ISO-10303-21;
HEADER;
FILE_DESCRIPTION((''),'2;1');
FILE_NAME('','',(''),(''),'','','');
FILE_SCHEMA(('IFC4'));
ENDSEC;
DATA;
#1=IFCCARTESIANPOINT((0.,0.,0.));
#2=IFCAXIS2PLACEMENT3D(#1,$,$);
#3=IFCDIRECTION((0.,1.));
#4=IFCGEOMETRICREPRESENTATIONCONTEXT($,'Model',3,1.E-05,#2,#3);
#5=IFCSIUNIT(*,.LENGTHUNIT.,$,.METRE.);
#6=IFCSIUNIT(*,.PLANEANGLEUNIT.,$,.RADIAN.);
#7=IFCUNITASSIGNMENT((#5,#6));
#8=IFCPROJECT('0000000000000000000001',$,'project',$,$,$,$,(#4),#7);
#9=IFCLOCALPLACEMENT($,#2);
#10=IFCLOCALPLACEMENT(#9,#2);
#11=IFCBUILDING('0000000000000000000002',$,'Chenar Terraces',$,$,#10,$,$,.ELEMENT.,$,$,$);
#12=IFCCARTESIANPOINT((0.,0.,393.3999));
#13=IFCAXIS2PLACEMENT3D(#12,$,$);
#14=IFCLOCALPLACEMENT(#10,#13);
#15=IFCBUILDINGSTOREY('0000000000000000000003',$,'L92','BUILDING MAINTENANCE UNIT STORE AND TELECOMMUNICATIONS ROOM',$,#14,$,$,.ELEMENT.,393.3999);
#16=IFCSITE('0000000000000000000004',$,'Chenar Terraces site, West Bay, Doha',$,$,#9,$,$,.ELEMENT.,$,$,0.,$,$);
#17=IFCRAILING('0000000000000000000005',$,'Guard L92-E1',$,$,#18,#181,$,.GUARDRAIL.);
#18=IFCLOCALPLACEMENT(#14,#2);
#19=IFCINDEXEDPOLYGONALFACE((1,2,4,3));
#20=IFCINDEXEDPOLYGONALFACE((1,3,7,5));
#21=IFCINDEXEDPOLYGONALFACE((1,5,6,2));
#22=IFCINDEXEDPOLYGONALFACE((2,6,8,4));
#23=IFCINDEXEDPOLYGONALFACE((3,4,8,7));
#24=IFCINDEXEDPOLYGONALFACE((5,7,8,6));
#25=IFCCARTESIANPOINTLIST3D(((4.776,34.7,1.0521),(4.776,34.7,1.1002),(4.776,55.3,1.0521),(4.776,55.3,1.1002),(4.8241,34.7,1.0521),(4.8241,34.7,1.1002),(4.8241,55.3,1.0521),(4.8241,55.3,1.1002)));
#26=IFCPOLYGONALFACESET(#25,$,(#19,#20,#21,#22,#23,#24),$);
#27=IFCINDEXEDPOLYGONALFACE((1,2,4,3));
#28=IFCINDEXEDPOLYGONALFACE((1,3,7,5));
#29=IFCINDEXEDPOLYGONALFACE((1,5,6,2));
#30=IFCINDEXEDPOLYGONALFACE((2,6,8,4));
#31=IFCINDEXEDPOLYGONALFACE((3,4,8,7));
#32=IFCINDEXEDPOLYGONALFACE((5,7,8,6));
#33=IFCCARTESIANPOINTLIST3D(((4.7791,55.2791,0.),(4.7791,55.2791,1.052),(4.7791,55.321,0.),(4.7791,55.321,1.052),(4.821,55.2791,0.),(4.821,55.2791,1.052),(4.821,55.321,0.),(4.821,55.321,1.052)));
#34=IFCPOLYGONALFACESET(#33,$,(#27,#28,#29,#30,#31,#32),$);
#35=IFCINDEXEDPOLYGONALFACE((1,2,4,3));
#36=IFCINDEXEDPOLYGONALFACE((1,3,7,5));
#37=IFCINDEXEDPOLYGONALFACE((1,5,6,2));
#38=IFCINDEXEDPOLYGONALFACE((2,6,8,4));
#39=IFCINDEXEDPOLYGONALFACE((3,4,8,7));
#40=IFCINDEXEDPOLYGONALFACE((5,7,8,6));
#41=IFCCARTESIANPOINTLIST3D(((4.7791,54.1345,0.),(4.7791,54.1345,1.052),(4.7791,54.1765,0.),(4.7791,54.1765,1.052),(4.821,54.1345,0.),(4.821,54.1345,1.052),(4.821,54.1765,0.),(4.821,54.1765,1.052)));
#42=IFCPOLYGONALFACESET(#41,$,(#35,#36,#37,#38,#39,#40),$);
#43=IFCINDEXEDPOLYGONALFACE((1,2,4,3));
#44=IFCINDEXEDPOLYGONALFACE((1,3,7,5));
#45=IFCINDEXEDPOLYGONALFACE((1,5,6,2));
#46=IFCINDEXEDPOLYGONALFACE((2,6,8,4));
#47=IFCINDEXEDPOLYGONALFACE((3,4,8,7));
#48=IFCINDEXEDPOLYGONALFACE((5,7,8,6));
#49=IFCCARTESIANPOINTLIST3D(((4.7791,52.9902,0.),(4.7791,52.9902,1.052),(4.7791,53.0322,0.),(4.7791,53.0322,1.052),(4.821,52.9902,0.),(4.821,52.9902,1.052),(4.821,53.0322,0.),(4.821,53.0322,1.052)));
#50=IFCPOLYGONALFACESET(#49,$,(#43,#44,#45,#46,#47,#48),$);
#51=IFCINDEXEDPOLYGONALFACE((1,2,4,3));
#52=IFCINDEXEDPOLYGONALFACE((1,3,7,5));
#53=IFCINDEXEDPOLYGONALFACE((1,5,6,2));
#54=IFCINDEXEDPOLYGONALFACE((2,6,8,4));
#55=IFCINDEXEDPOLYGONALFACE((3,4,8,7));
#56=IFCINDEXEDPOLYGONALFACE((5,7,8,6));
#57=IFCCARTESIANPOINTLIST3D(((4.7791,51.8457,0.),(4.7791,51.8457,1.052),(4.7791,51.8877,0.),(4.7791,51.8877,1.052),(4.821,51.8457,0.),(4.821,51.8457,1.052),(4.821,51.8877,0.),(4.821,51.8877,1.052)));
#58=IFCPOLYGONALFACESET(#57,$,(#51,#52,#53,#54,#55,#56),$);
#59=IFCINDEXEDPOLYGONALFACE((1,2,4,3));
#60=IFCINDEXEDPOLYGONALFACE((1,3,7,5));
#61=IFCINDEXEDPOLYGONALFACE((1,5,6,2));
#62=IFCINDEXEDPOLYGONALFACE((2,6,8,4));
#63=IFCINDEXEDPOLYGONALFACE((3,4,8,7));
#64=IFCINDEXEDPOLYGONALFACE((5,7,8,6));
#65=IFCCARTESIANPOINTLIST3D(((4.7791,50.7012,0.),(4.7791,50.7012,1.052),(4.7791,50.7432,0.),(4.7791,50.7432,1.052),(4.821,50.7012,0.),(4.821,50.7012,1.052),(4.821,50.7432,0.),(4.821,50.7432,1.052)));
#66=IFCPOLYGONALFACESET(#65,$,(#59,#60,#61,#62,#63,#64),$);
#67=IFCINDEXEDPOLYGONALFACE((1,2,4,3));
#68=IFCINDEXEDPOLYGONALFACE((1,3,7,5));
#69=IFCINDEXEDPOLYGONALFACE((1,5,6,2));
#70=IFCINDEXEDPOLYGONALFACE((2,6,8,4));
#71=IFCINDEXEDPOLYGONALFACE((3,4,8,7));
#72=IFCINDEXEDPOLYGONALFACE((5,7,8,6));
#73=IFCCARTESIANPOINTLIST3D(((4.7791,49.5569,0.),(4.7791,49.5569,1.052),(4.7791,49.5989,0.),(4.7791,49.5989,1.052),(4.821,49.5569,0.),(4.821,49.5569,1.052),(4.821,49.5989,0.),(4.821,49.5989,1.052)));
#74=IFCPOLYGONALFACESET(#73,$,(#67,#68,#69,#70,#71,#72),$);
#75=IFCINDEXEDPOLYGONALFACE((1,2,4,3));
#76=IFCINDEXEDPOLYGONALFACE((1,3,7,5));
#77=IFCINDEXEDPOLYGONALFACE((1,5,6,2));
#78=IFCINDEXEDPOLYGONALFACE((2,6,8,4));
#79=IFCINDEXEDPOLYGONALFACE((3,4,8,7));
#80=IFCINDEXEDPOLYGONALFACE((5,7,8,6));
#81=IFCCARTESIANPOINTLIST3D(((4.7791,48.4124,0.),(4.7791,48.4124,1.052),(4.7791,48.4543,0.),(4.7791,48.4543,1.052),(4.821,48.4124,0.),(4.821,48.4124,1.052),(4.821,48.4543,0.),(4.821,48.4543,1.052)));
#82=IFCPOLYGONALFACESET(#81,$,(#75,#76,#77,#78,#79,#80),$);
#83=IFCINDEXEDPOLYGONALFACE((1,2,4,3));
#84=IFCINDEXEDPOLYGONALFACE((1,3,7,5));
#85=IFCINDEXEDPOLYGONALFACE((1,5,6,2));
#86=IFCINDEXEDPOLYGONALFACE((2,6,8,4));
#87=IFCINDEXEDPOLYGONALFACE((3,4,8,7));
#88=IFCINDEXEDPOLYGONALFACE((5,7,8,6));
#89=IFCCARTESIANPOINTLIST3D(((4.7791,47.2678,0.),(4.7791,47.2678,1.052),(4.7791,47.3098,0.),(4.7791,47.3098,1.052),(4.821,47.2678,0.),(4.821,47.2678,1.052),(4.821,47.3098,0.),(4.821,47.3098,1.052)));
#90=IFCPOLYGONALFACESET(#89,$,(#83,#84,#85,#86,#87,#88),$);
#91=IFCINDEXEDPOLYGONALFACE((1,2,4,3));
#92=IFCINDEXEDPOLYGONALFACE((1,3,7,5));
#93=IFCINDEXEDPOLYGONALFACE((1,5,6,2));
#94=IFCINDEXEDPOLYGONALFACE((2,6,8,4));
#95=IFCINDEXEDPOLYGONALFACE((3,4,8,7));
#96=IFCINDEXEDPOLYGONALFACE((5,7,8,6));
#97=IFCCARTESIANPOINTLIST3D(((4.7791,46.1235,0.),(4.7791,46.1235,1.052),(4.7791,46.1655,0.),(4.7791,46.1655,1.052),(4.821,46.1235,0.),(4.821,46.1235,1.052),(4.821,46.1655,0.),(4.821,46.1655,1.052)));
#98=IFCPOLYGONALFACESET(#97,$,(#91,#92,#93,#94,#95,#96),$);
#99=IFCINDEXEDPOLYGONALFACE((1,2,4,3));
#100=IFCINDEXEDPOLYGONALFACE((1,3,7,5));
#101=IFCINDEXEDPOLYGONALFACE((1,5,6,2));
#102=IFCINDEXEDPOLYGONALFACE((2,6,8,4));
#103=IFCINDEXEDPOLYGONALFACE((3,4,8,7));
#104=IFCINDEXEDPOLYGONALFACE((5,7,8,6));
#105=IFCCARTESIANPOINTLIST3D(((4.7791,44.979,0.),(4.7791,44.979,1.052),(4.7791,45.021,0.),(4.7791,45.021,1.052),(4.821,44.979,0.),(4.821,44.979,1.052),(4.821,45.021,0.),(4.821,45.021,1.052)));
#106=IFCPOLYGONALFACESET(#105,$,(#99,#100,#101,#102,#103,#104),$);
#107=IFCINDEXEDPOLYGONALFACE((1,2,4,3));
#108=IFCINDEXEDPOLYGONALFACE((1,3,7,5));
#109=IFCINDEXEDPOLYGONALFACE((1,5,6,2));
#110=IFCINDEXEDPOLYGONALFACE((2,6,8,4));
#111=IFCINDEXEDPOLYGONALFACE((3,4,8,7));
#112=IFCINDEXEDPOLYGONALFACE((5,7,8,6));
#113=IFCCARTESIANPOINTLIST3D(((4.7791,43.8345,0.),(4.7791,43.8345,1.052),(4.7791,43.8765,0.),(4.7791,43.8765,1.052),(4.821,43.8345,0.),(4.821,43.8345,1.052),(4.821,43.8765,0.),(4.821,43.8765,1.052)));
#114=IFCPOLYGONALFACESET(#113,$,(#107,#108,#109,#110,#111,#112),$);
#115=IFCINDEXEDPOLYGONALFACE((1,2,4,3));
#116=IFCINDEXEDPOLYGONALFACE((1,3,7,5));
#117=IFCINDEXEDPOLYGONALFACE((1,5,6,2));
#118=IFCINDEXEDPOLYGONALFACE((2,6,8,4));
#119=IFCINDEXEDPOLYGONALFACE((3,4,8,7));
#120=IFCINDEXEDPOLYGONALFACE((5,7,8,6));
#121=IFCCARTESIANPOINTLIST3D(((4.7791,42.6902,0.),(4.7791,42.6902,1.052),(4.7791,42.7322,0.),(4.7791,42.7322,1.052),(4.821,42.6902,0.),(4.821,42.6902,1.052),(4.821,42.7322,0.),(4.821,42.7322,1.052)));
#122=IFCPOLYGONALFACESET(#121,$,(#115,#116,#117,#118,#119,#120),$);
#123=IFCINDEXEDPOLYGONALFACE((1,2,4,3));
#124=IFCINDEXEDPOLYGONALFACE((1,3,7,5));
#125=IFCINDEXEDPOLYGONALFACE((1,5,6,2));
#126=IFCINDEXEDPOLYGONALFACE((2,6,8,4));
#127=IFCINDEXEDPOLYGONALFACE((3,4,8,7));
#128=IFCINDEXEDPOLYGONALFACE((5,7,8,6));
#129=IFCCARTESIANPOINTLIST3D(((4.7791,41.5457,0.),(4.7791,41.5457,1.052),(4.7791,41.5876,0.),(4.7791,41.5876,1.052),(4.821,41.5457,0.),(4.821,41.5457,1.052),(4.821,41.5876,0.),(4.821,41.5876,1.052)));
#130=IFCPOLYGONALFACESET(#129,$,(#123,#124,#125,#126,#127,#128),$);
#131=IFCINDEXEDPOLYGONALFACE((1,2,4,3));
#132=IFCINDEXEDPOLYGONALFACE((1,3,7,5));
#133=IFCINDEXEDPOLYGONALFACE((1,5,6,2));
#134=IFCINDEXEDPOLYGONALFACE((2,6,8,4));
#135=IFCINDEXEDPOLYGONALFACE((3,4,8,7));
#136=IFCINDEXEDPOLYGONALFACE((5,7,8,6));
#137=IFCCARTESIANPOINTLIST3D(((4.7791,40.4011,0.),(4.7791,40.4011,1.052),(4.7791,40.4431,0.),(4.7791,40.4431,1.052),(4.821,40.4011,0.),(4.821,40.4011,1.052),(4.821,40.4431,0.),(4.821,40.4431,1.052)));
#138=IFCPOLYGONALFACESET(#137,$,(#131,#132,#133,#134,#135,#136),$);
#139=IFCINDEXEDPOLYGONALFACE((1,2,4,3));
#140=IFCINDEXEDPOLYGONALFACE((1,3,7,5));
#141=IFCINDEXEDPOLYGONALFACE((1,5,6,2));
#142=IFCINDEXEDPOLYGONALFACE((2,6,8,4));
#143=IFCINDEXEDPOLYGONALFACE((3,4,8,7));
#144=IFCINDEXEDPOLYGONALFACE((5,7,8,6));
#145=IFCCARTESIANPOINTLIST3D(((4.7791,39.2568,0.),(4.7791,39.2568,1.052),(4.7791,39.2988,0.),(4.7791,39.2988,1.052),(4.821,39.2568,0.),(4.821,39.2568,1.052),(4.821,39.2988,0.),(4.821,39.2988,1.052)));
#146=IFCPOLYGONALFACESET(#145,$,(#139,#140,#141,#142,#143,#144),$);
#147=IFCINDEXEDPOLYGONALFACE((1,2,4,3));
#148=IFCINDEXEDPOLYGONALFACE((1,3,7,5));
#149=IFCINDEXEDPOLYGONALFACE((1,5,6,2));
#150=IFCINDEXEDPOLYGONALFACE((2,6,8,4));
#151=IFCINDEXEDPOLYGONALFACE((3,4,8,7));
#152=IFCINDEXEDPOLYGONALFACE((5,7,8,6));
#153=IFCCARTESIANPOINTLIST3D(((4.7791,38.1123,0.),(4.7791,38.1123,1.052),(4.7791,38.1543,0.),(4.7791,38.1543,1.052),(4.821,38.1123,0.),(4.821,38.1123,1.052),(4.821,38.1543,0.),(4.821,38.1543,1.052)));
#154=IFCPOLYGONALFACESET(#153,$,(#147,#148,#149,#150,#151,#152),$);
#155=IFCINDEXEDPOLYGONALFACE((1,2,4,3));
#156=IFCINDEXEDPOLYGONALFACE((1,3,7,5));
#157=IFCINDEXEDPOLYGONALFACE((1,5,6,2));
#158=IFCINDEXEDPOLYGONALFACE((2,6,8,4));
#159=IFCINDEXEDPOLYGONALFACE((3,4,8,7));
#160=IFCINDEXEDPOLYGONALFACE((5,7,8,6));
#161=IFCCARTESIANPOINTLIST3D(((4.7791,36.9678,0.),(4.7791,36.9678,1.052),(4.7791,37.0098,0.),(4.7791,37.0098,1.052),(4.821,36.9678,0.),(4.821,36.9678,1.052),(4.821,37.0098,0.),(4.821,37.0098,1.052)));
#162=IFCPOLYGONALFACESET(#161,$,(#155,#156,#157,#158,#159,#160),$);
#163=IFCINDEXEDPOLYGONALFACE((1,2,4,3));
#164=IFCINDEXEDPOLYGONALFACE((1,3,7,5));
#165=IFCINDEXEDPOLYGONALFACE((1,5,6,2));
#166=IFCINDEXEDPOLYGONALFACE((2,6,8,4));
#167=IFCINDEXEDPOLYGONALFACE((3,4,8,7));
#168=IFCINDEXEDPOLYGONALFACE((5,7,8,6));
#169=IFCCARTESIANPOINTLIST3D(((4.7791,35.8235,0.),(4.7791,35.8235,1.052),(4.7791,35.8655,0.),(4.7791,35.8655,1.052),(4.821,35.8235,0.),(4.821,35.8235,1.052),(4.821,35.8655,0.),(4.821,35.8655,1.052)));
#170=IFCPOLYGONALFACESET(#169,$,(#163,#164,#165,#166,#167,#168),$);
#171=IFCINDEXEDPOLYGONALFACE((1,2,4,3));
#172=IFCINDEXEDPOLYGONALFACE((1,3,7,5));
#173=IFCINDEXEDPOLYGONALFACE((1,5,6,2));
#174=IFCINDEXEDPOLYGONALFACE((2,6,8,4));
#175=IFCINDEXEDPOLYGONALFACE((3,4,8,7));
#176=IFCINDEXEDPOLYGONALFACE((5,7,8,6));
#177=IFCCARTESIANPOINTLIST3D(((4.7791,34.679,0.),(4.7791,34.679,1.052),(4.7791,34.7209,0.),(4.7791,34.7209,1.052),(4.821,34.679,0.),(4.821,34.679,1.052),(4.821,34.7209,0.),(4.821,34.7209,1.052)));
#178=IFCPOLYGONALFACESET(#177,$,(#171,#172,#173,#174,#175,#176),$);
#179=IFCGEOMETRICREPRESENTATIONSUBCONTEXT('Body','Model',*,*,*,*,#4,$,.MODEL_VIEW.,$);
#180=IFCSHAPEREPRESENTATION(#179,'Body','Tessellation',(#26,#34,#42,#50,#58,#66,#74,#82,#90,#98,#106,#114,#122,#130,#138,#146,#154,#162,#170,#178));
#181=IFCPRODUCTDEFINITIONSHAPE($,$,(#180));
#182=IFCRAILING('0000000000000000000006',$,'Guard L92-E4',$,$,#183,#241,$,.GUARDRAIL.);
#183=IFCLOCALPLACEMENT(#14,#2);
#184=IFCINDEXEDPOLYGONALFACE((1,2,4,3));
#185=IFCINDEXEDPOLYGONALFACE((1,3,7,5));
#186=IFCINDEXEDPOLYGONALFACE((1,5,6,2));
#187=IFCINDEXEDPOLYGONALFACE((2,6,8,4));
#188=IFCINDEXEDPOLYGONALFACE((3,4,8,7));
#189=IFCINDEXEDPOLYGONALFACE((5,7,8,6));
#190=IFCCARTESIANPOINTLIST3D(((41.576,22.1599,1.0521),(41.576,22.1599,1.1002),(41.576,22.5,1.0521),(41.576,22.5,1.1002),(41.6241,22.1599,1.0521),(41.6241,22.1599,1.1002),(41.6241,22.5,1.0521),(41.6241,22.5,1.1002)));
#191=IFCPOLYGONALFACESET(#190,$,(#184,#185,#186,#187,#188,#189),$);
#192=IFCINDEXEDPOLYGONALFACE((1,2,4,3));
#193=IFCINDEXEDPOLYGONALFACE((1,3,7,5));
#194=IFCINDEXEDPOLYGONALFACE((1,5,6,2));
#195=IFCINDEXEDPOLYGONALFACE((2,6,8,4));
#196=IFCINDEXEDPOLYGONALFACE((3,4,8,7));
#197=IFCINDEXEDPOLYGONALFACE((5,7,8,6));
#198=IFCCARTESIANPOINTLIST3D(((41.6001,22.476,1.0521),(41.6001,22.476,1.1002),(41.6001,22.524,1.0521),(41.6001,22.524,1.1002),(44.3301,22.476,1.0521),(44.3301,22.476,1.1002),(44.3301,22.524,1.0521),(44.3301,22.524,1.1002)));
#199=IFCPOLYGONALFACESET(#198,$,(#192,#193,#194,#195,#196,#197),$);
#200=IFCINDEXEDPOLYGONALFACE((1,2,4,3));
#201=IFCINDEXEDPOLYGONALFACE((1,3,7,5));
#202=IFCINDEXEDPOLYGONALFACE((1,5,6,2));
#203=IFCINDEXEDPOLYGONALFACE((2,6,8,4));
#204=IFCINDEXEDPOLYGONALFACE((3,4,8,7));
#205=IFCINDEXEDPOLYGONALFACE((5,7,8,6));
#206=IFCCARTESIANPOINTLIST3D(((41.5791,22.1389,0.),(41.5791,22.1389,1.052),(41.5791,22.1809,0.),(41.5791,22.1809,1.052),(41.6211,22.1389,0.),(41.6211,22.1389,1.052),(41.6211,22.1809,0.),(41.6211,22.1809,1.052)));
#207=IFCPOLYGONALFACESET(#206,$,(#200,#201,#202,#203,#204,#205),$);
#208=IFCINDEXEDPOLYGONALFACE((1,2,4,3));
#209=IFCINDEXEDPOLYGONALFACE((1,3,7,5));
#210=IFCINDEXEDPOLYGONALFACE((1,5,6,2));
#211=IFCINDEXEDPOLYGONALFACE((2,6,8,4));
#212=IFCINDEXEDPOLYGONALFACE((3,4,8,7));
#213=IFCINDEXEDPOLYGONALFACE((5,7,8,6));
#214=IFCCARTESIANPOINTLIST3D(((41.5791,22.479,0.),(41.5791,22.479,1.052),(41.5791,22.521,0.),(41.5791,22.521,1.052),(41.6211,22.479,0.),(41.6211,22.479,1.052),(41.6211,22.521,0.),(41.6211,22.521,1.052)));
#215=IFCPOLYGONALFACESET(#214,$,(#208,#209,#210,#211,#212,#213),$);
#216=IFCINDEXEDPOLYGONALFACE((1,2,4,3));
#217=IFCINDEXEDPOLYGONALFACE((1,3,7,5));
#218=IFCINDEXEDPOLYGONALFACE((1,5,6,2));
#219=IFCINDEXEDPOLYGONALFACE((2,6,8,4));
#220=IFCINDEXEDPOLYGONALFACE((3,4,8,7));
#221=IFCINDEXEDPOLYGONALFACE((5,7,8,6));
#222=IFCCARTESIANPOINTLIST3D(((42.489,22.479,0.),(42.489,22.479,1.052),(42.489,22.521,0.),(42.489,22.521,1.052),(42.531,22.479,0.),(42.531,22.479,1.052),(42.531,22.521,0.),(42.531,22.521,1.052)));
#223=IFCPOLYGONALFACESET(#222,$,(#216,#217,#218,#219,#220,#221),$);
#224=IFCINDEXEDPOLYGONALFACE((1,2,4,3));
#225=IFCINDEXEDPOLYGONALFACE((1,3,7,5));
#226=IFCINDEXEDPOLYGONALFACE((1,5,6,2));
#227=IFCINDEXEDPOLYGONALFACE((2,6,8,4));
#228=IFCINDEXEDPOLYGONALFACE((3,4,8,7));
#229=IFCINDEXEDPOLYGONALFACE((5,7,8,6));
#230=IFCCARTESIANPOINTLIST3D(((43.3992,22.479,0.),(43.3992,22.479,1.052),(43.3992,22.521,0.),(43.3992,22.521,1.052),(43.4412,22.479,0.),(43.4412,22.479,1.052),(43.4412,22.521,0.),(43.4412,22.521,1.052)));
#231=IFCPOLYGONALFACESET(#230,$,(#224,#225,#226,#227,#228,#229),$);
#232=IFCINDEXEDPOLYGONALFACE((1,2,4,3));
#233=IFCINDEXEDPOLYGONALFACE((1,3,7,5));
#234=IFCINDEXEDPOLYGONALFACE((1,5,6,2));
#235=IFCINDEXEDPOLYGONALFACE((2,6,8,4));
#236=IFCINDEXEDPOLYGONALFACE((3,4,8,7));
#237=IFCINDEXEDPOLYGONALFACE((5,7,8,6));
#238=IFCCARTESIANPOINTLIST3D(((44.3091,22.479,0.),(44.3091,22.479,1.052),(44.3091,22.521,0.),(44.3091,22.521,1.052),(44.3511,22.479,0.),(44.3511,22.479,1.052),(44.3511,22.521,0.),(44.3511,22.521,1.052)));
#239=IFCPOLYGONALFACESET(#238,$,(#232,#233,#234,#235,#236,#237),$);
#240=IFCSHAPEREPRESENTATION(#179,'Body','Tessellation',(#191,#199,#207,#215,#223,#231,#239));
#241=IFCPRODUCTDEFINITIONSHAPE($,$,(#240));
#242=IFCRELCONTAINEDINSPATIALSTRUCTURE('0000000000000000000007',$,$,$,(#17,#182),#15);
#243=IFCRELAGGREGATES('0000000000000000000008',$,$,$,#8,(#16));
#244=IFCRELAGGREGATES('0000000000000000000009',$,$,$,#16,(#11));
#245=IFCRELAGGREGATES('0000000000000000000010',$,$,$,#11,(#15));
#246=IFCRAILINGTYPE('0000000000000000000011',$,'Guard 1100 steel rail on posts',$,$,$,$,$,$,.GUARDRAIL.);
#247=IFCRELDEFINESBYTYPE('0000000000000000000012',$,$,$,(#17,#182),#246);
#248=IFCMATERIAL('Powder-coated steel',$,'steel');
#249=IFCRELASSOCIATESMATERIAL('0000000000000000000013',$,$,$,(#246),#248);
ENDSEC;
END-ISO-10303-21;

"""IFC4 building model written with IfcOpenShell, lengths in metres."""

from ifc_helpers import new_model, si_unit, direction, frame, origin, origin_2d, place, context, subcontext, project, spatial, rectangle, extrude, material, type_object, element, save


model = new_model("IFC4")

# Units and contexts
model_context = context("Model", 3, precision=1e-05, world=origin(), true_north=direction((0.0, 1.0)))
body_context = subcontext(model_context, "Body", "Model", "MODEL_VIEW")
ifc_project = project(units=[si_unit("LENGTHUNIT", "METRE"), si_unit("PLANEANGLEUNIT", "RADIAN")], contexts=[model_context])

# Site, building, storey
site_placement = place(None, origin())
site = spatial("IfcSite", under=ifc_project, at=site_placement, Name="Chenar Terraces site, West Bay, Doha", CompositionType="ELEMENT", RefElevation=0.0)
building_placement = place(site_placement, origin())
building = spatial("IfcBuilding", under=site, at=building_placement, Name="Chenar Terraces", CompositionType="ELEMENT")
storey_placement = place(building_placement, frame((0.0, 0.0, 393.3999)))
storey = spatial("IfcBuildingStorey", under=building, at=storey_placement, Name="L92", Description="BUILDING MAINTENANCE UNIT STORE AND TELECOMMUNICATIONS ROOM", CompositionType="ELEMENT", Elevation=393.3999)

# Railings
ifc_material_1 = material(Name="Powder-coated steel", Category="steel")
railing_type_1 = type_object("IfcRailingType", Name="Guard 1100 steel rail on posts", PredefinedType="GUARDRAIL", material=ifc_material_1)
railing_1_placement = place(storey_placement, frame((4.8, 55.3, 0.0)))
element("IfcRailing", 1, at=railing_1_placement, inside=storey, type_object=railing_type_1, Name="Guard L92-E1", PredefinedType="GUARDRAIL", context=body_context, shape_type="SweptSolid", body=[
    extrude(rectangle(XDim=0.0481, YDim=0.0481, at=origin_2d()), frame((0.0, 0.0, 1.0762), z_axis=(0.0, -1.0, 0.0), x_axis=(1.0, 0.0, 0.0)), (0.0, 0.0, 1.0), 20.6001),
    extrude(rectangle(XDim=0.042, YDim=0.042, at=origin_2d()), origin(), (0.0, 0.0, 1.0), 1.052),
    extrude(rectangle(XDim=0.042, YDim=0.042, at=origin_2d()), frame((0.0, -1.1445, 0.0)), (0.0, 0.0, 1.0), 1.052),
    extrude(rectangle(XDim=0.042, YDim=0.042, at=origin_2d()), frame((0.0, -2.2888, 0.0)), (0.0, 0.0, 1.0), 1.052),
    extrude(rectangle(XDim=0.042, YDim=0.042, at=origin_2d()), frame((0.0, -3.4333, 0.0)), (0.0, 0.0, 1.0), 1.052),
    extrude(rectangle(XDim=0.042, YDim=0.042, at=origin_2d()), frame((0.0, -4.5779, 0.0)), (0.0, 0.0, 1.0), 1.052),
    extrude(rectangle(XDim=0.042, YDim=0.042, at=origin_2d()), frame((0.0, -5.7222, 0.0)), (0.0, 0.0, 1.0), 1.052),
    extrude(rectangle(XDim=0.042, YDim=0.042, at=origin_2d()), frame((0.0, -6.8667, 0.0)), (0.0, 0.0, 1.0), 1.052),
    extrude(rectangle(XDim=0.042, YDim=0.042, at=origin_2d()), frame((0.0, -8.0112, 0.0)), (0.0, 0.0, 1.0), 1.052),
    extrude(rectangle(XDim=0.042, YDim=0.042, at=origin_2d()), frame((0.0, -9.1555, 0.0)), (0.0, 0.0, 1.0), 1.052),
    extrude(rectangle(XDim=0.042, YDim=0.042, at=origin_2d()), frame((0.0, -10.3, 0.0)), (0.0, 0.0, 1.0), 1.052),
    extrude(rectangle(XDim=0.042, YDim=0.042, at=origin_2d()), frame((0.0, -11.4446, 0.0)), (0.0, 0.0, 1.0), 1.052),
    extrude(rectangle(XDim=0.042, YDim=0.042, at=origin_2d()), frame((0.0, -12.5889, 0.0)), (0.0, 0.0, 1.0), 1.052),
    extrude(rectangle(XDim=0.042, YDim=0.042, at=origin_2d()), frame((0.0, -13.7334, 0.0)), (0.0, 0.0, 1.0), 1.052),
    extrude(rectangle(XDim=0.042, YDim=0.042, at=origin_2d()), frame((0.0, -14.8779, 0.0)), (0.0, 0.0, 1.0), 1.052),
    extrude(rectangle(XDim=0.042, YDim=0.042, at=origin_2d()), frame((0.0, -16.0222, 0.0)), (0.0, 0.0, 1.0), 1.052),
    extrude(rectangle(XDim=0.042, YDim=0.042, at=origin_2d()), frame((0.0, -17.1667, 0.0)), (0.0, 0.0, 1.0), 1.052),
    extrude(rectangle(XDim=0.042, YDim=0.042, at=origin_2d()), frame((0.0, -18.3113, 0.0)), (0.0, 0.0, 1.0), 1.052),
    extrude(rectangle(XDim=0.042, YDim=0.042, at=origin_2d()), frame((0.0, -19.4556, 0.0)), (0.0, 0.0, 1.0), 1.052),
    extrude(rectangle(XDim=0.042, YDim=0.042, at=origin_2d()), frame((0.0, -20.6001, 0.0)), (0.0, 0.0, 1.0), 1.052),
])
railing_2_placement = place(storey_placement, frame((41.6001, 22.1599, 0.0)))
element("IfcRailing", 2, at=railing_2_placement, inside=storey, type_object=railing_type_1, Name="Guard L92-E4", PredefinedType="GUARDRAIL", context=body_context, shape_type="SweptSolid", body=[
    extrude(rectangle(XDim=0.0481, YDim=0.0481, at=origin_2d()), frame((0.0, 0.0, 1.0762), z_axis=(0.0, 1.0, 0.0), x_axis=(-1.0, 0.0, 0.0)), (0.0, 0.0, 1.0), 0.3401),
    extrude(rectangle(XDim=0.0481, YDim=0.0481, at=origin_2d()), frame((0.0, 0.3401, 1.0762), z_axis=(1.0, 0.0, 0.0), x_axis=(0.0, 1.0, 0.0)), (0.0, 0.0, 1.0), 2.73),
    extrude(rectangle(XDim=0.042, YDim=0.042, at=origin_2d()), origin(), (0.0, 0.0, 1.0), 1.052),
    extrude(rectangle(XDim=0.042, YDim=0.042, at=origin_2d()), frame((0.0, 0.3401, 0.0)), (0.0, 0.0, 1.0), 1.052),
    extrude(rectangle(XDim=0.042, YDim=0.042, at=origin_2d()), frame((0.9099, 0.3401, 0.0)), (0.0, 0.0, 1.0), 1.052),
    extrude(rectangle(XDim=0.042, YDim=0.042, at=origin_2d()), frame((1.8201, 0.3401, 0.0)), (0.0, 0.0, 1.0), 1.052),
    extrude(rectangle(XDim=0.042, YDim=0.042, at=origin_2d()), frame((2.73, 0.3401, 0.0)), (0.0, 0.0, 1.0), 1.052),
])

save(model, "model.ifc")
